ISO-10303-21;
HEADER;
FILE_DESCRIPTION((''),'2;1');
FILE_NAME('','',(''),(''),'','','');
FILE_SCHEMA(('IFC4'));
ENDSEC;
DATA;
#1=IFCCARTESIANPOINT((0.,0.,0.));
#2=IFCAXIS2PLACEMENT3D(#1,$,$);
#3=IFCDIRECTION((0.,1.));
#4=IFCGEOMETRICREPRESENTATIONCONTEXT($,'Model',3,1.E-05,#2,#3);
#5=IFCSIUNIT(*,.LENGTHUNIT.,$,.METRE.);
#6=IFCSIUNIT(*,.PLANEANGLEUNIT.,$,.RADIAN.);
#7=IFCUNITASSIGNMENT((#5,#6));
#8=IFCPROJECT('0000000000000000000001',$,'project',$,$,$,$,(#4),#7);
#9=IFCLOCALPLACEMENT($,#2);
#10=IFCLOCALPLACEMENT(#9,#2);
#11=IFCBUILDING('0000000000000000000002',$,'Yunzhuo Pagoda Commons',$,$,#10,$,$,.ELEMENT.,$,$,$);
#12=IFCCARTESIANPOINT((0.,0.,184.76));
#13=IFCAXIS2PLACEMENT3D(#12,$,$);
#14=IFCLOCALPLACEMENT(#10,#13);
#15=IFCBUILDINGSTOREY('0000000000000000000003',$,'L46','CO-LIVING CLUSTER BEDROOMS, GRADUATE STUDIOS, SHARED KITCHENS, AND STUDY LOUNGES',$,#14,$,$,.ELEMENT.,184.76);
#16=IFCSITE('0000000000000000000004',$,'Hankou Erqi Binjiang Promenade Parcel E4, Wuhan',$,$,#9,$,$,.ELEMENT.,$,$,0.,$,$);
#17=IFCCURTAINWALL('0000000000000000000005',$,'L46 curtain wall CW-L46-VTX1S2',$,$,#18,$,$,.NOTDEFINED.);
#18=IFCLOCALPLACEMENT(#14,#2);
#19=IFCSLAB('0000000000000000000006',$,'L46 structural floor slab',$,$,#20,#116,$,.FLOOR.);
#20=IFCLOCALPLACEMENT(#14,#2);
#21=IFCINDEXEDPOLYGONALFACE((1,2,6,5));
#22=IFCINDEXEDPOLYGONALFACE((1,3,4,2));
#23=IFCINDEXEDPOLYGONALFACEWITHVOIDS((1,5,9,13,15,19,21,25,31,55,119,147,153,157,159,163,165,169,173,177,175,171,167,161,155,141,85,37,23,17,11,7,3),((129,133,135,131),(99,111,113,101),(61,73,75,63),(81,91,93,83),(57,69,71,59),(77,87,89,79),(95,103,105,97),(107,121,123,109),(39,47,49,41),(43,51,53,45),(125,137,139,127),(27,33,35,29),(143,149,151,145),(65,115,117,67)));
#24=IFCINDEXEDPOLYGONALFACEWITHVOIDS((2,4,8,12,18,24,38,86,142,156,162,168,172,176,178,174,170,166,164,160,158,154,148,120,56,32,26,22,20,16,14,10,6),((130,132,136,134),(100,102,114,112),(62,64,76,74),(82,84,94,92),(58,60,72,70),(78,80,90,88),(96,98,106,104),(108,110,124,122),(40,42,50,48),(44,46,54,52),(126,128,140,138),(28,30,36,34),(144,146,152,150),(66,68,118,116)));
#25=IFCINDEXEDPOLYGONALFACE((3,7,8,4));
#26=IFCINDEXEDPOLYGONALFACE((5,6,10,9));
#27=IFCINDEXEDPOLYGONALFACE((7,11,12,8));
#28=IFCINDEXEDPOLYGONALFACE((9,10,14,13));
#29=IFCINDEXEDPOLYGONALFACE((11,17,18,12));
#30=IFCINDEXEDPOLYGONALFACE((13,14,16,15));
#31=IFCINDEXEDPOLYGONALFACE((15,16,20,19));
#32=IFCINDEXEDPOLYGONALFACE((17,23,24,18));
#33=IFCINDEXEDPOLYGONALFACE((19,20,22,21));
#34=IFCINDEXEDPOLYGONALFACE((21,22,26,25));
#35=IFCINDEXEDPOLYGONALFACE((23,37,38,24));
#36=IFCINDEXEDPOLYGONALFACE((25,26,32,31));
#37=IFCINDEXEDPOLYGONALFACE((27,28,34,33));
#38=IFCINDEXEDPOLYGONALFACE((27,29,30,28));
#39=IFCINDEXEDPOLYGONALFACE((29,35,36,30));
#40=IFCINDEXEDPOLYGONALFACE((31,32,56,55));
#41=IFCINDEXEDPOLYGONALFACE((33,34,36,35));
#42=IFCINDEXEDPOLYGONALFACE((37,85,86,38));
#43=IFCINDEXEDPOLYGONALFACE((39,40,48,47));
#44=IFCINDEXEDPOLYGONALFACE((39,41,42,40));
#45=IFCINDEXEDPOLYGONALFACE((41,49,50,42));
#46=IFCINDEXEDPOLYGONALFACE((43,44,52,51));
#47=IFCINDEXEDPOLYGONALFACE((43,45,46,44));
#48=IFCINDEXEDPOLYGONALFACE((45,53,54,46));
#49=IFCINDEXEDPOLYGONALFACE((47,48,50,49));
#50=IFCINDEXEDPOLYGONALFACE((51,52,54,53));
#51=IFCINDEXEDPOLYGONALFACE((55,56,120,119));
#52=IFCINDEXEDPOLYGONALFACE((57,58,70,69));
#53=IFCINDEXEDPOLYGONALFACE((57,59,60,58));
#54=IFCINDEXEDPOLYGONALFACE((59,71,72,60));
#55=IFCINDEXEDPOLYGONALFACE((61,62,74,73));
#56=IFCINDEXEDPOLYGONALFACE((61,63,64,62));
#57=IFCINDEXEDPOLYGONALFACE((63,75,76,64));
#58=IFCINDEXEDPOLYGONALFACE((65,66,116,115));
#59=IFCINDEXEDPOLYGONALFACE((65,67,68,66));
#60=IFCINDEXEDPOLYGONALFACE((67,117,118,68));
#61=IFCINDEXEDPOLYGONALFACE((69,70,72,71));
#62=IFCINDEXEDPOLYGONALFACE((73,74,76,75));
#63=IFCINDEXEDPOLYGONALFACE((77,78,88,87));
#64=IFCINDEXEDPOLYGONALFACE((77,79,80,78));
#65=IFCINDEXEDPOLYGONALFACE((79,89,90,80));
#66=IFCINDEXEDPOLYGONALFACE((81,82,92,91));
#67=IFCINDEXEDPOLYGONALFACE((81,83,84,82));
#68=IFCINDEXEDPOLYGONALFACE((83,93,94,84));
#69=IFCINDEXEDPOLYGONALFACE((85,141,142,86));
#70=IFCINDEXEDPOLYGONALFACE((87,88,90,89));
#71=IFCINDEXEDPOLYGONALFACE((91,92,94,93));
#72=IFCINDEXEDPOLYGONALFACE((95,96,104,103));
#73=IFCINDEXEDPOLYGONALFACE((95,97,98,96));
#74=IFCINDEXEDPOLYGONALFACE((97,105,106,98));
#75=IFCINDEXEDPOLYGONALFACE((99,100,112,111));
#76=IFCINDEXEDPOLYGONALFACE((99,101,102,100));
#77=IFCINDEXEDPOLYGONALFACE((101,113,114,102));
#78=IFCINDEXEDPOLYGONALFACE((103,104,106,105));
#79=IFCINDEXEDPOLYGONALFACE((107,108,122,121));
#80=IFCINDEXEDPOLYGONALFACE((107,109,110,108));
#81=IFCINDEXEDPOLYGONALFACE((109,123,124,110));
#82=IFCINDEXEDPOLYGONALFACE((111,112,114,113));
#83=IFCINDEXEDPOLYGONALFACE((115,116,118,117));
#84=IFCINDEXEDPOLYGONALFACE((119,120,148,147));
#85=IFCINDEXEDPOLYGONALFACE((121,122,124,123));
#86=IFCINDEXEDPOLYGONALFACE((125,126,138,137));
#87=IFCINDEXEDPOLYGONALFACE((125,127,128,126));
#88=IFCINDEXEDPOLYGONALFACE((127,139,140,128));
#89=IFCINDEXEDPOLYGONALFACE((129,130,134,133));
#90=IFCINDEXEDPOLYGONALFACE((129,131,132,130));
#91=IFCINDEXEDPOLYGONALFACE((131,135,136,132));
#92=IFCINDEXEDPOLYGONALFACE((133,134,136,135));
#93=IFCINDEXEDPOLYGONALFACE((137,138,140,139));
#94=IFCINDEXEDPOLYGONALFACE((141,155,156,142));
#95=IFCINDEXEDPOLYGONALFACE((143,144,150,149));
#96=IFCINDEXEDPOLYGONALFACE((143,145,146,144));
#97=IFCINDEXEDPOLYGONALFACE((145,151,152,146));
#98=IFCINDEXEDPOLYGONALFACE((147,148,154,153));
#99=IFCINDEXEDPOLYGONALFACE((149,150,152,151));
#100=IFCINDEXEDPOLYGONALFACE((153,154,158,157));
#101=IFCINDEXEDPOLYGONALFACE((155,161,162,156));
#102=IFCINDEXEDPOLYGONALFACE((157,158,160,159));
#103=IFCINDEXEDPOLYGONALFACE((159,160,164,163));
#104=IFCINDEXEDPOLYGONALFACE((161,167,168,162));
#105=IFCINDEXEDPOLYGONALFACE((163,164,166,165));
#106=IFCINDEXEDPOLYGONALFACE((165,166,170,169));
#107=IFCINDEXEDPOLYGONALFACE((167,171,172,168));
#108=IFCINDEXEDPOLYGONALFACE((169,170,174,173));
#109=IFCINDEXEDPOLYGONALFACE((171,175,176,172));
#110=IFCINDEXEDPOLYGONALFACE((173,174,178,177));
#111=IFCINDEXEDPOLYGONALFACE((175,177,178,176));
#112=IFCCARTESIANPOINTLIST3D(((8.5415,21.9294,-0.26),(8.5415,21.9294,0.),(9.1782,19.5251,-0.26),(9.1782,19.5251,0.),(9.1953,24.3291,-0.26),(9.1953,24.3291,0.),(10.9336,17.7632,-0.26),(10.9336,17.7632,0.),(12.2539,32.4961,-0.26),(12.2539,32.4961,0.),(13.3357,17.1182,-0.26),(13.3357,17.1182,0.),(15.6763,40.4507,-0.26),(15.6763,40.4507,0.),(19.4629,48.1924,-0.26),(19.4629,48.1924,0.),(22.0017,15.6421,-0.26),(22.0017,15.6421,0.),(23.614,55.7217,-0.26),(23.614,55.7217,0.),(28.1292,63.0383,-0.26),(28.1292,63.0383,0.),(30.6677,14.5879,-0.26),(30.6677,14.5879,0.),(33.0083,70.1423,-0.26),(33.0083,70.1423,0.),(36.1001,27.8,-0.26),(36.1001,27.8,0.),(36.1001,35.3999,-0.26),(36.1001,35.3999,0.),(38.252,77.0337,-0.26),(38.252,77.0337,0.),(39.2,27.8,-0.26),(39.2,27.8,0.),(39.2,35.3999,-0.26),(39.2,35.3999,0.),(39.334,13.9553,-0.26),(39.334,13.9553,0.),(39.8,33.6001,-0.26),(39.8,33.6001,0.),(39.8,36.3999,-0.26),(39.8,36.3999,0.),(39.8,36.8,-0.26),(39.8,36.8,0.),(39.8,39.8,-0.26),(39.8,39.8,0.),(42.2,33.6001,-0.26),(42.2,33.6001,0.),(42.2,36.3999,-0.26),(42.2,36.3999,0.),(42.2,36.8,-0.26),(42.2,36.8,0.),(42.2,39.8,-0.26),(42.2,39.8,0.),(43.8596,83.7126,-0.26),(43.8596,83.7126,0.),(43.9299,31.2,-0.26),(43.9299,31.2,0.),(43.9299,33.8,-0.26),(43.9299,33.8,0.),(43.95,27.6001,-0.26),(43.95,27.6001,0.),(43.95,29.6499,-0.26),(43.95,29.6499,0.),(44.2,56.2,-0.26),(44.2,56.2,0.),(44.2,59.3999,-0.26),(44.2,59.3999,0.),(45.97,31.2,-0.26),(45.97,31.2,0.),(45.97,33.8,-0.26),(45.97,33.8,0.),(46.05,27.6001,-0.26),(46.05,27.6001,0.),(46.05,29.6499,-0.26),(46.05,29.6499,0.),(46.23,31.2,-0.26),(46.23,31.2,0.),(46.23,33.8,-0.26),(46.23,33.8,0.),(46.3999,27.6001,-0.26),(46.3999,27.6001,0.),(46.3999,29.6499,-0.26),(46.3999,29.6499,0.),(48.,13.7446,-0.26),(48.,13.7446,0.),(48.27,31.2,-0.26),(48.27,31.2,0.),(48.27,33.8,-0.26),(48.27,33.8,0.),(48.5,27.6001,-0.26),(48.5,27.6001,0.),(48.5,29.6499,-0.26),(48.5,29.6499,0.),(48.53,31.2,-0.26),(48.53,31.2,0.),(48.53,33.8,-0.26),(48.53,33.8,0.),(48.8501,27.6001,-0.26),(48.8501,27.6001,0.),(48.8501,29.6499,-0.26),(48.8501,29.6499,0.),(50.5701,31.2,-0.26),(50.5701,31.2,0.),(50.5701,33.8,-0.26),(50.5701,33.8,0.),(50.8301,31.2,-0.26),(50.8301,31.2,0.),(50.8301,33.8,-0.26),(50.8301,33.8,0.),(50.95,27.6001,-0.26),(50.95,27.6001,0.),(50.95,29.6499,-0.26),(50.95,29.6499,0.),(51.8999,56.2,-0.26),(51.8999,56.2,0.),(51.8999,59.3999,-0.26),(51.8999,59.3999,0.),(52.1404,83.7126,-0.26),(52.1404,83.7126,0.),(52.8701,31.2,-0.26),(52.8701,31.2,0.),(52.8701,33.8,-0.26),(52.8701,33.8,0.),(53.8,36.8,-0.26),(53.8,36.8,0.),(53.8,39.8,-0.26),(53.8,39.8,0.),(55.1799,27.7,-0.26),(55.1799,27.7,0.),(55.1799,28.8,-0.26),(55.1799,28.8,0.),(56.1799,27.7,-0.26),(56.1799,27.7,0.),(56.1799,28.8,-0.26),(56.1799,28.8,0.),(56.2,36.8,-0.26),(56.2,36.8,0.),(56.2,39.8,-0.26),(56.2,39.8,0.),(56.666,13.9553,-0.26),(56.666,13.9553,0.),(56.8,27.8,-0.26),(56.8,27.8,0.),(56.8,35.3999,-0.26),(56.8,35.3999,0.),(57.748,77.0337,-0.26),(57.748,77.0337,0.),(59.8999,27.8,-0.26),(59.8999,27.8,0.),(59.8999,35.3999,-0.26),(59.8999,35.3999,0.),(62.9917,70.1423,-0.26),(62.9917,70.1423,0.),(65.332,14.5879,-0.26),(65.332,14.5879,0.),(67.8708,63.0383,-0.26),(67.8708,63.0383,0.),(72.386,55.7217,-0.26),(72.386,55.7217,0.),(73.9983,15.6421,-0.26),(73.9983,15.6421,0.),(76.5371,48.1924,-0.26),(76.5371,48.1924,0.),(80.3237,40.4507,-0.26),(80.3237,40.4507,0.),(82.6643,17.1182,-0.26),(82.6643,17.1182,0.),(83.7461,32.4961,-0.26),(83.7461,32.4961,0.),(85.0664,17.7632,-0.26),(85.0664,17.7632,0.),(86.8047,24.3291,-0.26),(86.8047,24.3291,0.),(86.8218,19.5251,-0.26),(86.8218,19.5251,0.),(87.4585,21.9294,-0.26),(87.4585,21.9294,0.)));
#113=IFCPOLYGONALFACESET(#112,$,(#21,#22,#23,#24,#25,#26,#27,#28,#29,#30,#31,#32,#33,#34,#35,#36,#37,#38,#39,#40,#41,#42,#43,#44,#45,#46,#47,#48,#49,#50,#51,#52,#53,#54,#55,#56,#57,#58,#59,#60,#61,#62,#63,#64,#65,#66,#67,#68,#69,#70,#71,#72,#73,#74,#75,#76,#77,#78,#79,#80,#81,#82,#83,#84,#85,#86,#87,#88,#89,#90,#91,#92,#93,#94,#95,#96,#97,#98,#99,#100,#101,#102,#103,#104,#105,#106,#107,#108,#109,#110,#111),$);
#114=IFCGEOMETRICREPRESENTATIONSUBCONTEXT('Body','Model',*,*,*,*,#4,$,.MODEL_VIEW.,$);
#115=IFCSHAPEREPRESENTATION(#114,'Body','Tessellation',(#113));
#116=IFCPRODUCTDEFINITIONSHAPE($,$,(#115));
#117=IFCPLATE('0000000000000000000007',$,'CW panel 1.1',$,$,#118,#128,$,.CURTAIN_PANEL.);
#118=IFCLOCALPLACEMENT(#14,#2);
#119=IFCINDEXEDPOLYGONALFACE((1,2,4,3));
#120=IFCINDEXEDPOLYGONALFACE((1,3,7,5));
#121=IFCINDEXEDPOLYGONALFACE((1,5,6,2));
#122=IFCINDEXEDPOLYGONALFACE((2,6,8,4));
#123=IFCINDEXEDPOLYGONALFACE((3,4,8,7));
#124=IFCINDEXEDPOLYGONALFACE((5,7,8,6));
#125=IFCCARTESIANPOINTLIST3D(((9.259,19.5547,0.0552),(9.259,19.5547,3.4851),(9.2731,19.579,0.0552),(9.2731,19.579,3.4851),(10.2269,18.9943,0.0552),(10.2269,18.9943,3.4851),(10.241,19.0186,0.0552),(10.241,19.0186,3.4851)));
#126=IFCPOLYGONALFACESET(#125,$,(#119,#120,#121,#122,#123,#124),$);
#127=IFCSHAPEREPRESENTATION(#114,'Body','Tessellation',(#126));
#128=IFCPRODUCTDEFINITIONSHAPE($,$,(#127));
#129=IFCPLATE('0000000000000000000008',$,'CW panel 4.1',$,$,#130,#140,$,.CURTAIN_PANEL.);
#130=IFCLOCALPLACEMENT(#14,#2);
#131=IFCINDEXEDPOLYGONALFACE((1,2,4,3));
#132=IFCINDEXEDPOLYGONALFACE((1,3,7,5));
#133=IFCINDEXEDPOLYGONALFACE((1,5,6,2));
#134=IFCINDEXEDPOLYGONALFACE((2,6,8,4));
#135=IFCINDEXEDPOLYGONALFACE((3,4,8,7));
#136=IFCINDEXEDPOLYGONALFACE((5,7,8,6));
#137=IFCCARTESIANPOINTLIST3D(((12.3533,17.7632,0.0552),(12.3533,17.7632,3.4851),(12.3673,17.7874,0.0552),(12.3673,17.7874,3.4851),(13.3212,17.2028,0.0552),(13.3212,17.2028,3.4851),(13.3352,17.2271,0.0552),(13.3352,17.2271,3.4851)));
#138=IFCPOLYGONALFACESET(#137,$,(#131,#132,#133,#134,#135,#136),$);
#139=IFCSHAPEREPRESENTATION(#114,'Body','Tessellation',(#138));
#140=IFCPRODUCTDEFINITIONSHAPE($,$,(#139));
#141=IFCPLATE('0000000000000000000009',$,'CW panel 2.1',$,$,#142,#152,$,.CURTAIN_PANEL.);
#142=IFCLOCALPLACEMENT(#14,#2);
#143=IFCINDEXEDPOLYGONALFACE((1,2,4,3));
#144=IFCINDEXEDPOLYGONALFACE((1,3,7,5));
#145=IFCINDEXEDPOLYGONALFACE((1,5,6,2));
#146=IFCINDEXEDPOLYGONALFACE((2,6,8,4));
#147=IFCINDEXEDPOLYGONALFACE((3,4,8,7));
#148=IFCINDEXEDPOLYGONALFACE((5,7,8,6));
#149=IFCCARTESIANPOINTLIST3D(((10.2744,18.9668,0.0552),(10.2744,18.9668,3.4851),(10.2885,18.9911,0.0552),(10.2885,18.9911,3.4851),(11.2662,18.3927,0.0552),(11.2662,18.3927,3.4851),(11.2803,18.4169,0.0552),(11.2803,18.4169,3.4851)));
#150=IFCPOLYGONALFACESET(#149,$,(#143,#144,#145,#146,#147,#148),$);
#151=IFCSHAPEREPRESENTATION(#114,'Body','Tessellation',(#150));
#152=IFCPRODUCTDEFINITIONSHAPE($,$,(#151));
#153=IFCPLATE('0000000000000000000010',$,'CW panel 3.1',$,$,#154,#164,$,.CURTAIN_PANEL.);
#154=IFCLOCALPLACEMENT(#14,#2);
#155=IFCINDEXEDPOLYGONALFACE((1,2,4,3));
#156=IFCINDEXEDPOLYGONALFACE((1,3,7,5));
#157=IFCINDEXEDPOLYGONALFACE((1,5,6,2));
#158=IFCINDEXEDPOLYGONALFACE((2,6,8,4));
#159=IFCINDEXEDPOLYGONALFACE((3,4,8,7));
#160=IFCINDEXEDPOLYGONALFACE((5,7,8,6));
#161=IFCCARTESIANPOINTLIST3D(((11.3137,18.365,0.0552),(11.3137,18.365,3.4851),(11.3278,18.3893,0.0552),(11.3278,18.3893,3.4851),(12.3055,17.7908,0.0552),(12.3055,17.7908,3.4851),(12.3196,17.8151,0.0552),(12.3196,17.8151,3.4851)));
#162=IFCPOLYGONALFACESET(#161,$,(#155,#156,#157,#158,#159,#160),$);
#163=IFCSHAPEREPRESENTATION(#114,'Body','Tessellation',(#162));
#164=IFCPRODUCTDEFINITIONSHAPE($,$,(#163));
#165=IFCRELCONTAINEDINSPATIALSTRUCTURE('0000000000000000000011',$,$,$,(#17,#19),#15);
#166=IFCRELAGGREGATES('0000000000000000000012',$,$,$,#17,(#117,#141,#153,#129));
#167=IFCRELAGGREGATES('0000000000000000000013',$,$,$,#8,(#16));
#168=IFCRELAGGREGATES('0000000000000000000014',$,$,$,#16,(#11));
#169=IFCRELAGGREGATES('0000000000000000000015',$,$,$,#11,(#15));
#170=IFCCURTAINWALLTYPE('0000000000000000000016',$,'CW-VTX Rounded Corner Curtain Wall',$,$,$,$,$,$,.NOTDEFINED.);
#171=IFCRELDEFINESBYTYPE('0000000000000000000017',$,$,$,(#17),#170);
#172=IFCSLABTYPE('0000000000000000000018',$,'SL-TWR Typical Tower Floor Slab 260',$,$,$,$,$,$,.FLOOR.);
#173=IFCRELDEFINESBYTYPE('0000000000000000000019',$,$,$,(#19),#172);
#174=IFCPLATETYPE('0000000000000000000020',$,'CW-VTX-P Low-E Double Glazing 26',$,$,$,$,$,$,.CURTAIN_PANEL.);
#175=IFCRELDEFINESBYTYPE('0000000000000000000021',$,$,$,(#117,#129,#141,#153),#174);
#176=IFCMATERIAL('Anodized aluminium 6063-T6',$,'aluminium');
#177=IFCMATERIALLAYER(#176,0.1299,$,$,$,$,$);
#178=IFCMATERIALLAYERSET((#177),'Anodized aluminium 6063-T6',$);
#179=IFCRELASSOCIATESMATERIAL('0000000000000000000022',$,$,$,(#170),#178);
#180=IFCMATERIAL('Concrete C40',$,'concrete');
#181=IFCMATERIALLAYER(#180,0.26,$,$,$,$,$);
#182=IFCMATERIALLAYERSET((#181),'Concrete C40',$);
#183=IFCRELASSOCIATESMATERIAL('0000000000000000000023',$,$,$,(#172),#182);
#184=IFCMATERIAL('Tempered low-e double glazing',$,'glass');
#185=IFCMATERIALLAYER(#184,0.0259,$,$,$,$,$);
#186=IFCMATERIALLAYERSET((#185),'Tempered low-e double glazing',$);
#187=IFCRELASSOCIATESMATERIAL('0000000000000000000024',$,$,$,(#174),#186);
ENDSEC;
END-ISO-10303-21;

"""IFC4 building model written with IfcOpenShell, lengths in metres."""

from ifc_helpers import new_model, si_unit, direction, frame, origin, origin_2d, place, context, subcontext, project, spatial, polyline, rectangle, outline, extrude, source, transform, mapped, material, layer, layer_set, type_object, element, aggregate, save


model = new_model("IFC4")

# Units and contexts
model_context = context("Model", 3, precision=1e-05, world=origin(), true_north=direction((0.0, 1.0)))
body_context = subcontext(model_context, "Body", "Model", "MODEL_VIEW")
ifc_project = project(units=[si_unit("LENGTHUNIT", "METRE"), si_unit("PLANEANGLEUNIT", "RADIAN")], contexts=[model_context])

# Site, building, storey
site_placement = place(None, origin())
site = spatial("IfcSite", under=ifc_project, at=site_placement, Name="Hankou Erqi Binjiang Promenade Parcel E4, Wuhan", CompositionType="ELEMENT", RefElevation=0.0)
building_placement = place(site_placement, origin())
building = spatial("IfcBuilding", under=site, at=building_placement, Name="Yunzhuo Pagoda Commons", CompositionType="ELEMENT")
storey_placement = place(building_placement, frame((0.0, 0.0, 184.76)))
storey = spatial("IfcBuildingStorey", under=building, at=storey_placement, Name="L46", Description="CO-LIVING CLUSTER BEDROOMS, GRADUATE STUDIOS, SHARED KITCHENS, AND STUDY LOUNGES", CompositionType="ELEMENT", Elevation=184.76)

# Curtain wall
ifc_material_1 = material(Name="Anodized aluminium 6063-T6", Category="aluminium")
ifc_layer_1 = layer(ifc_material_1, 0.1299)
ifc_layer_set_1 = layer_set([ifc_layer_1], Name="Anodized aluminium 6063-T6")
curtain_wall_type_1 = type_object("IfcCurtainWallType", Name="CW-VTX Rounded Corner Curtain Wall", PredefinedType="NOTDEFINED", material=ifc_layer_set_1)
curtain_wall_1_placement = place(storey_placement, origin())
curtain_wall_1 = element("IfcCurtainWall", 1, at=curtain_wall_1_placement, inside=storey, type_object=curtain_wall_type_1, Name="L46 curtain wall CW-L46-VTX1S2", PredefinedType="NOTDEFINED")

# Shared definitions
ifc_material_2 = material(Name="Concrete C40", Category="concrete")

# Slab
ifc_layer_2 = layer(ifc_material_2, 0.26)
ifc_layer_set_2 = layer_set([ifc_layer_2], Name="Concrete C40")
slab_type_1 = type_object("IfcSlabType", Name="SL-TWR Typical Tower Floor Slab 260", PredefinedType="FLOOR", material=ifc_layer_set_2)
slab_1_placement = place(storey_placement, frame((0.0, 0.0, -0.26)))
element("IfcSlab", 2, at=slab_1_placement, inside=storey, type_object=slab_type_1, Name="L46 structural floor slab", PredefinedType="FLOOR", context=body_context, shape_type="SweptSolid", body=[
    extrude(outline(polyline([(12.2539, 32.4961), (15.6763, 40.4507), (19.4629, 48.1924), (23.614, 55.7217), (28.1292, 63.0383), (33.0083, 70.1423), (38.252, 77.0337), (43.8596, 83.7126), (52.1404, 83.7126), (57.748, 77.0337), (62.9917, 70.1423), (67.8708, 63.0383), (72.386, 55.7217), (76.5371, 48.1924), (80.3237, 40.4507), (83.7461, 32.4961), (86.8047, 24.3291), (87.4585, 21.9294), (86.8218, 19.5251), (85.0664, 17.7632), (82.6643, 17.1182), (73.9983, 15.6421), (65.332, 14.5879), (56.666, 13.9553), (48.0, 13.7446), (39.334, 13.9553), (30.6677, 14.5879), (22.0017, 15.6421), (13.3357, 17.1182), (10.9336, 17.7632), (9.1782, 19.5251), (8.5415, 21.9294), (9.1953, 24.3291), (12.2539, 32.4961)]), holes=[polyline([(46.05, 29.6499), (43.95, 29.6499), (43.95, 27.6001), (46.05, 27.6001), (46.05, 29.6499)]), polyline([(48.5, 27.6001), (48.5, 29.6499), (46.3999, 29.6499), (46.3999, 27.6001), (48.5, 27.6001)]), polyline([(36.1001, 27.8), (39.2, 27.8), (39.2, 35.3999), (36.1001, 35.3999), (36.1001, 27.8)]), polyline([(45.97, 31.2), (45.97, 33.8), (43.9299, 33.8), (43.9299, 31.2), (45.97, 31.2)]), polyline([(48.27, 31.2), (48.27, 33.8), (46.23, 33.8), (46.23, 31.2), (48.27, 31.2)]), polyline([(42.2, 33.6001), (42.2, 36.3999), (39.8, 36.3999), (39.8, 33.6001), (42.2, 33.6001)]), polyline([(42.2, 36.8), (42.2, 39.8), (39.8, 39.8), (39.8, 36.8), (42.2, 36.8)]), polyline([(56.1799, 28.8), (55.1799, 28.8), (55.1799, 27.7), (56.1799, 27.7), (56.1799, 28.8)]), polyline([(50.95, 27.6001), (50.95, 29.6499), (48.8501, 29.6499), (48.8501, 27.6001), (50.95, 27.6001)]), polyline([(56.8, 27.8), (59.8999, 27.8), (59.8999, 35.3999), (56.8, 35.3999), (56.8, 27.8)]), polyline([(50.5701, 31.2), (50.5701, 33.8), (48.53, 33.8), (48.53, 31.2), (50.5701, 31.2)]), polyline([(52.8701, 31.2), (52.8701, 33.8), (50.8301, 33.8), (50.8301, 31.2), (52.8701, 31.2)]), polyline([(56.2, 36.8), (56.2, 39.8), (53.8, 39.8), (53.8, 36.8), (56.2, 36.8)]), polyline([(51.8999, 56.2), (51.8999, 59.3999), (44.2, 59.3999), (44.2, 56.2), (51.8999, 56.2)])]), origin(), (0.0, 0.0, 1.0), 0.26),
])

# Plates
ifc_material_3 = material(Name="Tempered low-e double glazing", Category="glass")
ifc_layer_3 = layer(ifc_material_3, 0.0259)
ifc_layer_set_3 = layer_set([ifc_layer_3], Name="Tempered low-e double glazing")
plate_type = type_object("IfcPlateType", Name="CW-VTX-P Low-E Double Glazing 26", PredefinedType="CURTAIN_PANEL", material=ifc_layer_set_3)
shared_shape_1 = source(origin(), body_context, "Body", "SweptSolid", [
    extrude(rectangle(XDim=1.1184, YDim=0.0281, at=origin_2d()), origin(), (0.0, 0.0, 1.0), 3.4299),
])
plate_1_placement = place(storey_placement, frame((9.75, 19.2866, 0.0552), z_axis=(0.0, 0.0, 1.0), x_axis=(0.865424, -0.50104, 0.0)))
plate_1 = element("IfcPlate", 3, at=plate_1_placement, type_object=plate_type, Name="CW panel 1.1", PredefinedType="CURTAIN_PANEL", context=body_context, shape_type="MappedRepresentation", body=[
    mapped(shared_shape_1, transform((0.0, 0.0, 0.0), scale=1.0)),
])
plate_2_placement = place(storey_placement, frame((12.8442, 17.4951, 0.0552), z_axis=(0.0, 0.0, 1.0), x_axis=(0.865424, -0.50104, 0.0)))
plate_2 = element("IfcPlate", 4, at=plate_2_placement, type_object=plate_type, Name="CW panel 4.1", PredefinedType="CURTAIN_PANEL", context=body_context, shape_type="MappedRepresentation", body=[
    mapped(shared_shape_1, transform((0.0, 0.0, 0.0), scale=1.0)),
])
shared_shape_2 = source(origin(), body_context, "Body", "SweptSolid", [
    extrude(rectangle(XDim=1.146, YDim=0.0281, at=origin_2d()), origin(), (0.0, 0.0, 1.0), 3.4299),
])
plate_3_placement = place(storey_placement, frame((10.7773, 18.6919, 0.0552), z_axis=(0.0, 0.0, 1.0), x_axis=(0.865424, -0.50104, 0.0)))
plate_3 = element("IfcPlate", 5, at=plate_3_placement, type_object=plate_type, Name="CW panel 2.1", PredefinedType="CURTAIN_PANEL", context=body_context, shape_type="MappedRepresentation", body=[
    mapped(shared_shape_2, transform((0.0, 0.0, 0.0), scale=1.0)),
])
plate_4_placement = place(storey_placement, frame((11.8167, 18.0901, 0.0552), z_axis=(0.0, 0.0, 1.0), x_axis=(0.865424, -0.50104, 0.0)))
plate_4 = element("IfcPlate", 6, at=plate_4_placement, type_object=plate_type, Name="CW panel 3.1", PredefinedType="CURTAIN_PANEL", context=body_context, shape_type="MappedRepresentation", body=[
    mapped(shared_shape_2, transform((0.0, 0.0, 0.0), scale=1.0)),
])
aggregate(curtain_wall_1, [plate_1, plate_3, plate_4, plate_2])

save(model, "model.ifc")
